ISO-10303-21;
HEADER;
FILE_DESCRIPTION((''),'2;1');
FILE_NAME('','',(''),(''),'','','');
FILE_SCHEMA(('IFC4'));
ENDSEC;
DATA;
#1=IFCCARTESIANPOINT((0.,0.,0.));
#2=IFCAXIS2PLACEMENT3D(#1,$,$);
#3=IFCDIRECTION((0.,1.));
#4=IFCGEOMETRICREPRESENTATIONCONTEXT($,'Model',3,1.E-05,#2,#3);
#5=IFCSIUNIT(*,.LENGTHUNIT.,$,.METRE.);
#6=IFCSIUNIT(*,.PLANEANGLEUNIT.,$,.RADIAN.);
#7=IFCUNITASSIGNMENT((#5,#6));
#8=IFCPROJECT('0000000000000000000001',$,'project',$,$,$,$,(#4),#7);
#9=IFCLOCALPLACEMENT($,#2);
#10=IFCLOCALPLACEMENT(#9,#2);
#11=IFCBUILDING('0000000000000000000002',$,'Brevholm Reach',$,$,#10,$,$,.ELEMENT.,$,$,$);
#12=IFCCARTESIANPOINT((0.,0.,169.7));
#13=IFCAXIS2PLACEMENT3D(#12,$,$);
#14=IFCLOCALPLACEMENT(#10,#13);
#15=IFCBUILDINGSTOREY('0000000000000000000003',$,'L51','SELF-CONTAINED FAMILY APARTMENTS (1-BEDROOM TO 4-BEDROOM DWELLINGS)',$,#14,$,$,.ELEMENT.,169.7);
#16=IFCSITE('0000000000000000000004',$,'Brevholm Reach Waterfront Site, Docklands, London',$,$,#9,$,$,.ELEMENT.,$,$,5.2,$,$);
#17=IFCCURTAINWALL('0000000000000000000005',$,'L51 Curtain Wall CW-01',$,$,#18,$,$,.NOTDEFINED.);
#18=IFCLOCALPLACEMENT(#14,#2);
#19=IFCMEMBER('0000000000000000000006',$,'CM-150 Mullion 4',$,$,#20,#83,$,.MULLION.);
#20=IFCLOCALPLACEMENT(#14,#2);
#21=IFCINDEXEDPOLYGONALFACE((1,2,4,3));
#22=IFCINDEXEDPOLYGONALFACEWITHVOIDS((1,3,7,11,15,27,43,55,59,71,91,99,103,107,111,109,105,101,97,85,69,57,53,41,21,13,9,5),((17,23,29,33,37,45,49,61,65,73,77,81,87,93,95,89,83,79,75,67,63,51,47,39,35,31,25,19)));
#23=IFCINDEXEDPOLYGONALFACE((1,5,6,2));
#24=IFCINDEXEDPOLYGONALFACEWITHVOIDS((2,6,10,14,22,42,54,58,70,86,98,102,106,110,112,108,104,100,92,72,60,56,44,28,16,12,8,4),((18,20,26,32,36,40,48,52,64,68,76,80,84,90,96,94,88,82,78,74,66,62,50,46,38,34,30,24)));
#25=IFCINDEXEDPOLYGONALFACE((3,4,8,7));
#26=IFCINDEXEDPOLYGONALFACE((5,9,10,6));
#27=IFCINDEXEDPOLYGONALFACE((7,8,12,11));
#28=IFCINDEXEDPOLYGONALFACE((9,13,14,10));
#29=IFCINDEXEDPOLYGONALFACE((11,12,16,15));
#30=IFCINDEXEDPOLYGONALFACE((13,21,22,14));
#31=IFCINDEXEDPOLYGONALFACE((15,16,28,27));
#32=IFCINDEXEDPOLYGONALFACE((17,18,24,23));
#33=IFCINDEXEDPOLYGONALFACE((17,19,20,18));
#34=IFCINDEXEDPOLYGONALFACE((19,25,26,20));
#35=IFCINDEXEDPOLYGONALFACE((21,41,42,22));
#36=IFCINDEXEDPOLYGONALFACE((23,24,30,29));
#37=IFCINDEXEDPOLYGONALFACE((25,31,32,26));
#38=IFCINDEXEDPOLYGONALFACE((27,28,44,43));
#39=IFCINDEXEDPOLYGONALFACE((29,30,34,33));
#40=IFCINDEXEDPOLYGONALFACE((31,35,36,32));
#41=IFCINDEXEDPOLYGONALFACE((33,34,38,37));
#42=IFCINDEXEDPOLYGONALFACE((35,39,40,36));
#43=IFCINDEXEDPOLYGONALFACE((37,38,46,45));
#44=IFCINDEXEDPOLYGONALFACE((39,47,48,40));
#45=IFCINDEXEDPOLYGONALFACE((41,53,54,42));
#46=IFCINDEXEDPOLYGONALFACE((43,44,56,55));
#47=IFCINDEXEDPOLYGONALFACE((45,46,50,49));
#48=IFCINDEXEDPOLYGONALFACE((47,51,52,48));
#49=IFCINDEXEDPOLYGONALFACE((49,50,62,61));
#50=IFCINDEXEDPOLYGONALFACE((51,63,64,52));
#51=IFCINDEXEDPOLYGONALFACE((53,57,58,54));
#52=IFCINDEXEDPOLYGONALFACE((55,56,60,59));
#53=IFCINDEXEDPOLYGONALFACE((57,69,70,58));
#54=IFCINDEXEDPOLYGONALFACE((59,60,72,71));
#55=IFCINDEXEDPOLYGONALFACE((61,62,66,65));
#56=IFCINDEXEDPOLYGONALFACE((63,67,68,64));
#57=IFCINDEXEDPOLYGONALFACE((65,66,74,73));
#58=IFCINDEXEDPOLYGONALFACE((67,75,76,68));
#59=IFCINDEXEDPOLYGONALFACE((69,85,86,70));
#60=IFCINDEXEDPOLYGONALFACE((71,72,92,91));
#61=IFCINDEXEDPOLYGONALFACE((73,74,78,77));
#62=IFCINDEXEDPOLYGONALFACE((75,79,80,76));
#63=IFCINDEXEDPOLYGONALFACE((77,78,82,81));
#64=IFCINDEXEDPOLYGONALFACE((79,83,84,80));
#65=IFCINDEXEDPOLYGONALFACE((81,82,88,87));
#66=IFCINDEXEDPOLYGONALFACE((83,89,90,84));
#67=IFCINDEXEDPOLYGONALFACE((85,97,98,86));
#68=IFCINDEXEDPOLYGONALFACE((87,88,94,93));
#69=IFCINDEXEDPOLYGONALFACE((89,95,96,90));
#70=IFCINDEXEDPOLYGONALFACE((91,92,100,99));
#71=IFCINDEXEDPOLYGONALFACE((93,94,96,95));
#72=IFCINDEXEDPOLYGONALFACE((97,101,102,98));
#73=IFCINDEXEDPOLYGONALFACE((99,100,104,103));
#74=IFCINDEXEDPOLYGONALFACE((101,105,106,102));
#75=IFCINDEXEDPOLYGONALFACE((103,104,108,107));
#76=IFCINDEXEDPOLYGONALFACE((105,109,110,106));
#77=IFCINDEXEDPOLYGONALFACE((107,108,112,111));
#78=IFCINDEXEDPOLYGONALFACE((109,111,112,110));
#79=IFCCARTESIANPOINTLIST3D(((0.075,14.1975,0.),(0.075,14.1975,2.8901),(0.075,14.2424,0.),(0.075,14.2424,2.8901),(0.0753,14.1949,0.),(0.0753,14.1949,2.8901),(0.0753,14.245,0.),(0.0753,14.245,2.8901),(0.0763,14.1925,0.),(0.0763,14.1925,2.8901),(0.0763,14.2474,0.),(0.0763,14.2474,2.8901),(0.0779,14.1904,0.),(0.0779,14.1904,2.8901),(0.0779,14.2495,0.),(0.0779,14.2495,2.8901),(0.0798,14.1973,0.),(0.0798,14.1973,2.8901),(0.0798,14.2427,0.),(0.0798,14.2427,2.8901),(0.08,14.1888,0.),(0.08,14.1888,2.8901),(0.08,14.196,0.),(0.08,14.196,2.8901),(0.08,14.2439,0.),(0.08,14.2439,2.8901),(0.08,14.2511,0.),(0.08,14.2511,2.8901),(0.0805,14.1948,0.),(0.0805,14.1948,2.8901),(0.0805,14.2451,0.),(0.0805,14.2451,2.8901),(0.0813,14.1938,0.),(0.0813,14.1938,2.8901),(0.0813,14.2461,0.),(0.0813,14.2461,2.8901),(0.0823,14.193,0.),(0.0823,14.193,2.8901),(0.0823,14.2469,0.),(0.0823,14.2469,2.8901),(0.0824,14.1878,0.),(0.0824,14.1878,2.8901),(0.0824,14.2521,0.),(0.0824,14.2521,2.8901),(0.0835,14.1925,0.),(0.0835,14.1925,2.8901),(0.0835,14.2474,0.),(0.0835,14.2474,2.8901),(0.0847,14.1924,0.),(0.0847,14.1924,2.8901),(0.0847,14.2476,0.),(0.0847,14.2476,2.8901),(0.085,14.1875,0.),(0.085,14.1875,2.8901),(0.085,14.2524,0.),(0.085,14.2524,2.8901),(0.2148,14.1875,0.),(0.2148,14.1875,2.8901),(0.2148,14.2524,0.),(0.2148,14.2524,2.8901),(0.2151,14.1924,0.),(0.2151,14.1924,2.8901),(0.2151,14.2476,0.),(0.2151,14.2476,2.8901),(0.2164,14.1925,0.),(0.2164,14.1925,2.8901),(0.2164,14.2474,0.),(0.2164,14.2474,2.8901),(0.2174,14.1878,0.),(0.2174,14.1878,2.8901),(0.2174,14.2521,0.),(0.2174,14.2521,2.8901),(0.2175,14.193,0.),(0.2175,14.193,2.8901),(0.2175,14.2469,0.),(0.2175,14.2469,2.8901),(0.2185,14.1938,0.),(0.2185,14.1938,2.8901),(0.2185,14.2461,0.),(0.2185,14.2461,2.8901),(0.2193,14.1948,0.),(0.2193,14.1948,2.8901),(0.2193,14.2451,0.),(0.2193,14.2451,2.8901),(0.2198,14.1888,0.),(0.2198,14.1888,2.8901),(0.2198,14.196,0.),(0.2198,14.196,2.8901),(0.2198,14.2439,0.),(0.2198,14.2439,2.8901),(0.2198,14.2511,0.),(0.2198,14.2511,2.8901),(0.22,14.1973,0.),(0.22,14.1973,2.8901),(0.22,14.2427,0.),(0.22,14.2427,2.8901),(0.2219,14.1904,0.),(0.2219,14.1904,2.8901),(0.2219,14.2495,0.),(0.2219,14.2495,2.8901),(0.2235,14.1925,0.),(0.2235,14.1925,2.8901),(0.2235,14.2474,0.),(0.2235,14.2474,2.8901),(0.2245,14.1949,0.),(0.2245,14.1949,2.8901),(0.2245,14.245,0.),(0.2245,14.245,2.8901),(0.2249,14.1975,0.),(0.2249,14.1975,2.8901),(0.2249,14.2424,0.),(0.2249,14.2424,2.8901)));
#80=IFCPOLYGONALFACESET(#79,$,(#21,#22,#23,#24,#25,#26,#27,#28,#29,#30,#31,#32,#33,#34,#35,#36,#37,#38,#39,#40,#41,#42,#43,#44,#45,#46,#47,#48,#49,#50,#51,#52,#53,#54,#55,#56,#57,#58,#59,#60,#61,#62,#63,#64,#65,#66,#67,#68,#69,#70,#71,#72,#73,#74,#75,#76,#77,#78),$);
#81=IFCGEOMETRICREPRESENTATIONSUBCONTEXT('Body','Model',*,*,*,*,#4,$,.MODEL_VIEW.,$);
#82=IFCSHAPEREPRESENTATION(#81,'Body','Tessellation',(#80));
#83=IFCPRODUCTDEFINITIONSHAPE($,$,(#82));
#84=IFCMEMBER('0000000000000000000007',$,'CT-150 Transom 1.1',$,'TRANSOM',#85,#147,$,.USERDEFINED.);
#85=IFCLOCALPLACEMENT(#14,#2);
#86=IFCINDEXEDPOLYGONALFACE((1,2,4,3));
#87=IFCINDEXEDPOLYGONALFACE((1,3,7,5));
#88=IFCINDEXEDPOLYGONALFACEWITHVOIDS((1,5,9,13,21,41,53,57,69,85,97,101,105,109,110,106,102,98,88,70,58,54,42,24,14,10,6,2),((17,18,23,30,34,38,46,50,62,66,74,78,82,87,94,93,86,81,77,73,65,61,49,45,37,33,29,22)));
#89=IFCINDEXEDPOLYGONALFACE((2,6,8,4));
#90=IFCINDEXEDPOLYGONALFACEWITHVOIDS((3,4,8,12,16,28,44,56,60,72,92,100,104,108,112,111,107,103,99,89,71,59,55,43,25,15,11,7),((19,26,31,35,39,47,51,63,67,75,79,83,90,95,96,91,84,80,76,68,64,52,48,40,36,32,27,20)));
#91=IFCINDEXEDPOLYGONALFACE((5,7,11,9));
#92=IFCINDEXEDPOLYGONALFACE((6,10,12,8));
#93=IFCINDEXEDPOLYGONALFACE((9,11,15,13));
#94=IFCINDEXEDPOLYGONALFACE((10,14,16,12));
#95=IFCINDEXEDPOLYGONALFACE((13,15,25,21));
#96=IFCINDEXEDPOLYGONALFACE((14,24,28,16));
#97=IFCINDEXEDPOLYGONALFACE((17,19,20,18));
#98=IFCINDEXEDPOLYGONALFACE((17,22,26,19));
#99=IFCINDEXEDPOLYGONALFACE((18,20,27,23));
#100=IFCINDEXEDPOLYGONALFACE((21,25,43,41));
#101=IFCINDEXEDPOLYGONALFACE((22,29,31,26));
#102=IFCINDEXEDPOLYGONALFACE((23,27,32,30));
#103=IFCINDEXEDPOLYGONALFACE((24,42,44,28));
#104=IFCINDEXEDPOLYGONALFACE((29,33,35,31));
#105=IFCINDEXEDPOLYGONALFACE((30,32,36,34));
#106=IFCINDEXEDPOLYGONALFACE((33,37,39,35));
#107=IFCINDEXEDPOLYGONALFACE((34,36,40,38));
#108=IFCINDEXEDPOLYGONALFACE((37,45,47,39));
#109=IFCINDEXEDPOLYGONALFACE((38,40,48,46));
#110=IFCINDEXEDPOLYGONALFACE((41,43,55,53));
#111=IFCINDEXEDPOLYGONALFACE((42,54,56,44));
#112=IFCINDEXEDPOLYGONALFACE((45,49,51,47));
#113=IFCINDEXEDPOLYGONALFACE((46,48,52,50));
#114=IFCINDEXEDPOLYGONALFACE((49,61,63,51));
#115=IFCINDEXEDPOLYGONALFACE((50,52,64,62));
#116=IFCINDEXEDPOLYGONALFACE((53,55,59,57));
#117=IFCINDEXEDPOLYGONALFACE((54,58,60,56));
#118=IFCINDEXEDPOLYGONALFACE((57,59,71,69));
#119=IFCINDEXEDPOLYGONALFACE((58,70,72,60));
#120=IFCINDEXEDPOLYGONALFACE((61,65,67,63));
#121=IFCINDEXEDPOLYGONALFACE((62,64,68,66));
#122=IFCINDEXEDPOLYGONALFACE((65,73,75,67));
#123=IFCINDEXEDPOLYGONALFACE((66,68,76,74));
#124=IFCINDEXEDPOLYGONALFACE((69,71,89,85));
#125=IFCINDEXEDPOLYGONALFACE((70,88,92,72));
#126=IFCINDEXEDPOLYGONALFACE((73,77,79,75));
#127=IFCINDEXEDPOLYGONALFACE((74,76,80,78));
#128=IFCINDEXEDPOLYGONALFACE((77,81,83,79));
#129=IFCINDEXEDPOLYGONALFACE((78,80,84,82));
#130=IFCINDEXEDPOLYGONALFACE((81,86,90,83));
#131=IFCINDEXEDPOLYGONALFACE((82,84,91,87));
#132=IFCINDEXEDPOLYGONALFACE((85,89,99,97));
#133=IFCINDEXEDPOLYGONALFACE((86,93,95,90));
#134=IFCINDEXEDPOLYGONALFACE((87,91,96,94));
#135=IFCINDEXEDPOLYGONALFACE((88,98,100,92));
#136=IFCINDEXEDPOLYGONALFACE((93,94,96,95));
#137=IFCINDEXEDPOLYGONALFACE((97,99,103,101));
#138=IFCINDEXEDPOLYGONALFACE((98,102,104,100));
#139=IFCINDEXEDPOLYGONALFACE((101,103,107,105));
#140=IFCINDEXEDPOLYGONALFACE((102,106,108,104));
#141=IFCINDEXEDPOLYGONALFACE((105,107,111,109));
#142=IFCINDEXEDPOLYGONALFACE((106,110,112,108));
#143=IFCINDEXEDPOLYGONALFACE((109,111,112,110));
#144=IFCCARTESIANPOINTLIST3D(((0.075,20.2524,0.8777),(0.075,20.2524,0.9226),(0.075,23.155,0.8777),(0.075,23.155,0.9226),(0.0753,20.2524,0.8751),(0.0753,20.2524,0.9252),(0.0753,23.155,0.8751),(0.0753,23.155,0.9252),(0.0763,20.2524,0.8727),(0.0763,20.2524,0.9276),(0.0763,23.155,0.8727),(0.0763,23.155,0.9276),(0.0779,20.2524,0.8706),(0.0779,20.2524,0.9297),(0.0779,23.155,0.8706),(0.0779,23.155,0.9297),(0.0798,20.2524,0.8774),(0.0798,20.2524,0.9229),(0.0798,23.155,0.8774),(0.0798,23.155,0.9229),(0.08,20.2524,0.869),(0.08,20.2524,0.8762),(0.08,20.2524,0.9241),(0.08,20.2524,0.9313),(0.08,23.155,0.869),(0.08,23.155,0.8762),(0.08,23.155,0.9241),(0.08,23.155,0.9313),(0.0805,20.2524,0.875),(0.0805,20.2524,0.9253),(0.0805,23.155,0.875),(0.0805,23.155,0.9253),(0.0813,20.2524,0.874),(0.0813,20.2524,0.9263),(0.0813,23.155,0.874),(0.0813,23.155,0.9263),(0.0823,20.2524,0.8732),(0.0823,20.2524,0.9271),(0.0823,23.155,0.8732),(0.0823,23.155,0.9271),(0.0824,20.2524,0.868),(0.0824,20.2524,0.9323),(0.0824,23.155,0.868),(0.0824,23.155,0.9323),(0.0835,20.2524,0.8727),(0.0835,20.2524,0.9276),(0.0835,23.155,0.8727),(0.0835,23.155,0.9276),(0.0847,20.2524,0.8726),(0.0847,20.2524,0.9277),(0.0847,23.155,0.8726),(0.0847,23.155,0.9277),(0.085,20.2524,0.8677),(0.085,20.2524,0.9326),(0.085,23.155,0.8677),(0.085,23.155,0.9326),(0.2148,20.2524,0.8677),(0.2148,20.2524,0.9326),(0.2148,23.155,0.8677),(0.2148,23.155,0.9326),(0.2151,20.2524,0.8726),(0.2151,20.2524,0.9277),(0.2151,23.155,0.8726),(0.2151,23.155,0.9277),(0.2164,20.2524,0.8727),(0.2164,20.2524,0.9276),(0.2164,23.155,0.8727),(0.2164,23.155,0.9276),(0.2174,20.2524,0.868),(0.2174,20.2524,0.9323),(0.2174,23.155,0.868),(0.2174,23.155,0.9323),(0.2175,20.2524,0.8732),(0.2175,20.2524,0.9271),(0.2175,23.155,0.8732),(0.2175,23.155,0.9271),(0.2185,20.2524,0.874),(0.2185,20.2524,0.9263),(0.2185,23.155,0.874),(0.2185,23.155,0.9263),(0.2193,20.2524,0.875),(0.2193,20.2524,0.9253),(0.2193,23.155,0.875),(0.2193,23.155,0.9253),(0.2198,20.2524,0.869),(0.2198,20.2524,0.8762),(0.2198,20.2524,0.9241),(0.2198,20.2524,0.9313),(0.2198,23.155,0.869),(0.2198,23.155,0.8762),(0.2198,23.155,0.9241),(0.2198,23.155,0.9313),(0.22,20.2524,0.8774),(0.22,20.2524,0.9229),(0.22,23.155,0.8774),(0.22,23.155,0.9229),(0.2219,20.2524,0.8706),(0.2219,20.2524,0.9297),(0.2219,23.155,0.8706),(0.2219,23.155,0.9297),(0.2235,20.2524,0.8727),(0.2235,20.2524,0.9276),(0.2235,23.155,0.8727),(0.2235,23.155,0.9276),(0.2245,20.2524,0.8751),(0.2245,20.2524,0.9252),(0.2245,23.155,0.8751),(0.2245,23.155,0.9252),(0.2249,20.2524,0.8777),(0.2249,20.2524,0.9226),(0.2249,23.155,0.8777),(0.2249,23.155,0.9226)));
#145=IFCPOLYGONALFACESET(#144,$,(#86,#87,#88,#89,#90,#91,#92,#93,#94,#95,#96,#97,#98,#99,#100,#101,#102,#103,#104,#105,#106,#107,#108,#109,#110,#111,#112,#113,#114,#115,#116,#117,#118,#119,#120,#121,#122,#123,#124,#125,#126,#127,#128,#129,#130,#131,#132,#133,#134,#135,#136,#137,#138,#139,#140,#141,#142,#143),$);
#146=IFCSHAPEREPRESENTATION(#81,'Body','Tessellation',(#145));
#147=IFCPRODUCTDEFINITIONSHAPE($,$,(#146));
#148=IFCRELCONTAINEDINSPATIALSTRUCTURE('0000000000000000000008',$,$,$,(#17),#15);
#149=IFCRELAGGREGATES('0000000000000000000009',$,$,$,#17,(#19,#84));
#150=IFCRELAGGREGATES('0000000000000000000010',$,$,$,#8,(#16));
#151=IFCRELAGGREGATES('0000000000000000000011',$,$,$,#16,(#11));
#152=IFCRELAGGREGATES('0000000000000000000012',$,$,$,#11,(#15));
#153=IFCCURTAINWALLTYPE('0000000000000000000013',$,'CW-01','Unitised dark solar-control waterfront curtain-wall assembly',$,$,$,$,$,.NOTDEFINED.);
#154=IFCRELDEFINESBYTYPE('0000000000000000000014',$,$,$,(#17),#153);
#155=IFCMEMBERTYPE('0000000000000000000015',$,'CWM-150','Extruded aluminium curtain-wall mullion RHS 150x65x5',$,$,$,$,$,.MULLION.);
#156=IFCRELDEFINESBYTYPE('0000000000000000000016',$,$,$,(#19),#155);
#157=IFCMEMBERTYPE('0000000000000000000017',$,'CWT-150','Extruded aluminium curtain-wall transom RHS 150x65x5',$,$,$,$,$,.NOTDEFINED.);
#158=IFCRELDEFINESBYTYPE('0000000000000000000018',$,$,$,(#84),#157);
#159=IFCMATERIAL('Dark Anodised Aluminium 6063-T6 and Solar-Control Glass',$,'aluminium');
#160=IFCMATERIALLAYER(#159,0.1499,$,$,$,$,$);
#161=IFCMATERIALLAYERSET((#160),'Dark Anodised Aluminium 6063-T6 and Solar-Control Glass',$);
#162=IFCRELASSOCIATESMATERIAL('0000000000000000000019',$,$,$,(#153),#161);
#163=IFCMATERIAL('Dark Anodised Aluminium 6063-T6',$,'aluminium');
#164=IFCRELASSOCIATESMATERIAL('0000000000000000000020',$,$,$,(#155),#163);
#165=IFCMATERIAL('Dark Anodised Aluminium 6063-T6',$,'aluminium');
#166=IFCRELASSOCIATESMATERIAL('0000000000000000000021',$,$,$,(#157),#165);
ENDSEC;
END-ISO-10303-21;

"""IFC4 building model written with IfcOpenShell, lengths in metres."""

from ifc_helpers import new_model, si_unit, direction, frame, origin, origin_2d, place, context, subcontext, project, spatial, hollow_rectangle, extrude, material, layer, layer_set, material_profile, profile_set, type_object, element, aggregate, save


model = new_model("IFC4")

# Units and contexts
model_context = context("Model", 3, precision=1e-05, world=origin(), true_north=direction((0.0, 1.0)))
body_context = subcontext(model_context, "Body", "Model", "MODEL_VIEW")
ifc_project = project(units=[si_unit("LENGTHUNIT", "METRE"), si_unit("PLANEANGLEUNIT", "RADIAN")], contexts=[model_context])

# Site, building, storey
site_placement = place(None, origin())
site = spatial("IfcSite", under=ifc_project, at=site_placement, Name="Brevholm Reach Waterfront Site, Docklands, London", CompositionType="ELEMENT", RefElevation=5.2)
building_placement = place(site_placement, origin())
building = spatial("IfcBuilding", under=site, at=building_placement, Name="Brevholm Reach", CompositionType="ELEMENT")
storey_placement = place(building_placement, frame((0.0, 0.0, 169.7)))
storey = spatial("IfcBuildingStorey", under=building, at=storey_placement, Name="L51", Description="SELF-CONTAINED FAMILY APARTMENTS (1-BEDROOM TO 4-BEDROOM DWELLINGS)", CompositionType="ELEMENT", Elevation=169.7)

# Curtain wall, members
ifc_material_1 = material(Name="Dark Anodised Aluminium 6063-T6 and Solar-Control Glass", Category="aluminium")
ifc_layer_1 = layer(ifc_material_1, 0.1499)
ifc_layer_set_1 = layer_set([ifc_layer_1], Name="Dark Anodised Aluminium 6063-T6 and Solar-Control Glass")
curtain_wall_type = type_object("IfcCurtainWallType", Name="CW-01", Description="Unitised dark solar-control waterfront curtain-wall assembly", PredefinedType="NOTDEFINED", material=ifc_layer_set_1)
curtain_wall_placement = place(storey_placement, origin())
curtain_wall = element("IfcCurtainWall", 1, at=curtain_wall_placement, inside=storey, type_object=curtain_wall_type, Name="L51 Curtain Wall CW-01", PredefinedType="NOTDEFINED")
ifc_material_2 = material(Name="Dark Anodised Aluminium 6063-T6", Category="aluminium")
ifc_material_profile_1 = material_profile(ifc_material_2, hollow_rectangle(XDim=0.0649, YDim=0.1499, WallThickness=0.0049, InnerFilletRadius=0.0049, OuterFilletRadius=0.01, at=origin_2d()), Name="RHS 150x65x5")
ifc_profile_set_1 = profile_set([ifc_material_profile_1], Name="Dark Anodised Aluminium 6063-T6")
member_type_1 = type_object("IfcMemberType", Name="CWM-150", Description="Extruded aluminium curtain-wall mullion RHS 150x65x5", PredefinedType="MULLION", material=ifc_profile_set_1)
member_1_placement = place(storey_placement, frame((0.1499, 14.22, 0.0), z_axis=(0.0, 0.0, 1.0), x_axis=(0.0, -1.0, 0.0)))
member_1 = element("IfcMember", 2, at=member_1_placement, type_object=member_type_1, Name="CM-150 Mullion 4", PredefinedType="MULLION", context=body_context, shape_type="SweptSolid", body=[
    extrude(hollow_rectangle(XDim=0.0649, YDim=0.1499, WallThickness=0.0049, InnerFilletRadius=0.0049, OuterFilletRadius=0.01, at=origin_2d()), origin(), (0.0, 0.0, 1.0), 2.8901),
])
ifc_material_3 = material(Name="Dark Anodised Aluminium 6063-T6", Category="aluminium")
ifc_material_profile_2 = material_profile(ifc_material_3, hollow_rectangle(XDim=0.0649, YDim=0.1499, WallThickness=0.0049, InnerFilletRadius=0.0049, OuterFilletRadius=0.01, at=origin_2d()), Name="RHS 150x65x5")
ifc_profile_set_2 = profile_set([ifc_material_profile_2], Name="Dark Anodised Aluminium 6063-T6")
member_type_2 = type_object("IfcMemberType", Name="CWT-150", Description="Extruded aluminium curtain-wall transom RHS 150x65x5", PredefinedType="NOTDEFINED", material=ifc_profile_set_2)
member_2_placement = place(storey_placement, frame((0.1499, 23.155, 0.9001), z_axis=(0.0, -1.0, 0.0), x_axis=(0.0, 0.0, 1.0)))
member_2 = element("IfcMember", 3, at=member_2_placement, type_object=member_type_2, Name="CT-150 Transom 1.1", ObjectType="TRANSOM", PredefinedType="USERDEFINED", context=body_context, shape_type="SweptSolid", body=[
    extrude(hollow_rectangle(XDim=0.0649, YDim=0.1499, WallThickness=0.0049, InnerFilletRadius=0.0049, OuterFilletRadius=0.01, at=origin_2d()), origin(), (0.0, 0.0, 1.0), 2.9026),
])
aggregate(curtain_wall, [member_1, member_2])

save(model, "model.ifc")
